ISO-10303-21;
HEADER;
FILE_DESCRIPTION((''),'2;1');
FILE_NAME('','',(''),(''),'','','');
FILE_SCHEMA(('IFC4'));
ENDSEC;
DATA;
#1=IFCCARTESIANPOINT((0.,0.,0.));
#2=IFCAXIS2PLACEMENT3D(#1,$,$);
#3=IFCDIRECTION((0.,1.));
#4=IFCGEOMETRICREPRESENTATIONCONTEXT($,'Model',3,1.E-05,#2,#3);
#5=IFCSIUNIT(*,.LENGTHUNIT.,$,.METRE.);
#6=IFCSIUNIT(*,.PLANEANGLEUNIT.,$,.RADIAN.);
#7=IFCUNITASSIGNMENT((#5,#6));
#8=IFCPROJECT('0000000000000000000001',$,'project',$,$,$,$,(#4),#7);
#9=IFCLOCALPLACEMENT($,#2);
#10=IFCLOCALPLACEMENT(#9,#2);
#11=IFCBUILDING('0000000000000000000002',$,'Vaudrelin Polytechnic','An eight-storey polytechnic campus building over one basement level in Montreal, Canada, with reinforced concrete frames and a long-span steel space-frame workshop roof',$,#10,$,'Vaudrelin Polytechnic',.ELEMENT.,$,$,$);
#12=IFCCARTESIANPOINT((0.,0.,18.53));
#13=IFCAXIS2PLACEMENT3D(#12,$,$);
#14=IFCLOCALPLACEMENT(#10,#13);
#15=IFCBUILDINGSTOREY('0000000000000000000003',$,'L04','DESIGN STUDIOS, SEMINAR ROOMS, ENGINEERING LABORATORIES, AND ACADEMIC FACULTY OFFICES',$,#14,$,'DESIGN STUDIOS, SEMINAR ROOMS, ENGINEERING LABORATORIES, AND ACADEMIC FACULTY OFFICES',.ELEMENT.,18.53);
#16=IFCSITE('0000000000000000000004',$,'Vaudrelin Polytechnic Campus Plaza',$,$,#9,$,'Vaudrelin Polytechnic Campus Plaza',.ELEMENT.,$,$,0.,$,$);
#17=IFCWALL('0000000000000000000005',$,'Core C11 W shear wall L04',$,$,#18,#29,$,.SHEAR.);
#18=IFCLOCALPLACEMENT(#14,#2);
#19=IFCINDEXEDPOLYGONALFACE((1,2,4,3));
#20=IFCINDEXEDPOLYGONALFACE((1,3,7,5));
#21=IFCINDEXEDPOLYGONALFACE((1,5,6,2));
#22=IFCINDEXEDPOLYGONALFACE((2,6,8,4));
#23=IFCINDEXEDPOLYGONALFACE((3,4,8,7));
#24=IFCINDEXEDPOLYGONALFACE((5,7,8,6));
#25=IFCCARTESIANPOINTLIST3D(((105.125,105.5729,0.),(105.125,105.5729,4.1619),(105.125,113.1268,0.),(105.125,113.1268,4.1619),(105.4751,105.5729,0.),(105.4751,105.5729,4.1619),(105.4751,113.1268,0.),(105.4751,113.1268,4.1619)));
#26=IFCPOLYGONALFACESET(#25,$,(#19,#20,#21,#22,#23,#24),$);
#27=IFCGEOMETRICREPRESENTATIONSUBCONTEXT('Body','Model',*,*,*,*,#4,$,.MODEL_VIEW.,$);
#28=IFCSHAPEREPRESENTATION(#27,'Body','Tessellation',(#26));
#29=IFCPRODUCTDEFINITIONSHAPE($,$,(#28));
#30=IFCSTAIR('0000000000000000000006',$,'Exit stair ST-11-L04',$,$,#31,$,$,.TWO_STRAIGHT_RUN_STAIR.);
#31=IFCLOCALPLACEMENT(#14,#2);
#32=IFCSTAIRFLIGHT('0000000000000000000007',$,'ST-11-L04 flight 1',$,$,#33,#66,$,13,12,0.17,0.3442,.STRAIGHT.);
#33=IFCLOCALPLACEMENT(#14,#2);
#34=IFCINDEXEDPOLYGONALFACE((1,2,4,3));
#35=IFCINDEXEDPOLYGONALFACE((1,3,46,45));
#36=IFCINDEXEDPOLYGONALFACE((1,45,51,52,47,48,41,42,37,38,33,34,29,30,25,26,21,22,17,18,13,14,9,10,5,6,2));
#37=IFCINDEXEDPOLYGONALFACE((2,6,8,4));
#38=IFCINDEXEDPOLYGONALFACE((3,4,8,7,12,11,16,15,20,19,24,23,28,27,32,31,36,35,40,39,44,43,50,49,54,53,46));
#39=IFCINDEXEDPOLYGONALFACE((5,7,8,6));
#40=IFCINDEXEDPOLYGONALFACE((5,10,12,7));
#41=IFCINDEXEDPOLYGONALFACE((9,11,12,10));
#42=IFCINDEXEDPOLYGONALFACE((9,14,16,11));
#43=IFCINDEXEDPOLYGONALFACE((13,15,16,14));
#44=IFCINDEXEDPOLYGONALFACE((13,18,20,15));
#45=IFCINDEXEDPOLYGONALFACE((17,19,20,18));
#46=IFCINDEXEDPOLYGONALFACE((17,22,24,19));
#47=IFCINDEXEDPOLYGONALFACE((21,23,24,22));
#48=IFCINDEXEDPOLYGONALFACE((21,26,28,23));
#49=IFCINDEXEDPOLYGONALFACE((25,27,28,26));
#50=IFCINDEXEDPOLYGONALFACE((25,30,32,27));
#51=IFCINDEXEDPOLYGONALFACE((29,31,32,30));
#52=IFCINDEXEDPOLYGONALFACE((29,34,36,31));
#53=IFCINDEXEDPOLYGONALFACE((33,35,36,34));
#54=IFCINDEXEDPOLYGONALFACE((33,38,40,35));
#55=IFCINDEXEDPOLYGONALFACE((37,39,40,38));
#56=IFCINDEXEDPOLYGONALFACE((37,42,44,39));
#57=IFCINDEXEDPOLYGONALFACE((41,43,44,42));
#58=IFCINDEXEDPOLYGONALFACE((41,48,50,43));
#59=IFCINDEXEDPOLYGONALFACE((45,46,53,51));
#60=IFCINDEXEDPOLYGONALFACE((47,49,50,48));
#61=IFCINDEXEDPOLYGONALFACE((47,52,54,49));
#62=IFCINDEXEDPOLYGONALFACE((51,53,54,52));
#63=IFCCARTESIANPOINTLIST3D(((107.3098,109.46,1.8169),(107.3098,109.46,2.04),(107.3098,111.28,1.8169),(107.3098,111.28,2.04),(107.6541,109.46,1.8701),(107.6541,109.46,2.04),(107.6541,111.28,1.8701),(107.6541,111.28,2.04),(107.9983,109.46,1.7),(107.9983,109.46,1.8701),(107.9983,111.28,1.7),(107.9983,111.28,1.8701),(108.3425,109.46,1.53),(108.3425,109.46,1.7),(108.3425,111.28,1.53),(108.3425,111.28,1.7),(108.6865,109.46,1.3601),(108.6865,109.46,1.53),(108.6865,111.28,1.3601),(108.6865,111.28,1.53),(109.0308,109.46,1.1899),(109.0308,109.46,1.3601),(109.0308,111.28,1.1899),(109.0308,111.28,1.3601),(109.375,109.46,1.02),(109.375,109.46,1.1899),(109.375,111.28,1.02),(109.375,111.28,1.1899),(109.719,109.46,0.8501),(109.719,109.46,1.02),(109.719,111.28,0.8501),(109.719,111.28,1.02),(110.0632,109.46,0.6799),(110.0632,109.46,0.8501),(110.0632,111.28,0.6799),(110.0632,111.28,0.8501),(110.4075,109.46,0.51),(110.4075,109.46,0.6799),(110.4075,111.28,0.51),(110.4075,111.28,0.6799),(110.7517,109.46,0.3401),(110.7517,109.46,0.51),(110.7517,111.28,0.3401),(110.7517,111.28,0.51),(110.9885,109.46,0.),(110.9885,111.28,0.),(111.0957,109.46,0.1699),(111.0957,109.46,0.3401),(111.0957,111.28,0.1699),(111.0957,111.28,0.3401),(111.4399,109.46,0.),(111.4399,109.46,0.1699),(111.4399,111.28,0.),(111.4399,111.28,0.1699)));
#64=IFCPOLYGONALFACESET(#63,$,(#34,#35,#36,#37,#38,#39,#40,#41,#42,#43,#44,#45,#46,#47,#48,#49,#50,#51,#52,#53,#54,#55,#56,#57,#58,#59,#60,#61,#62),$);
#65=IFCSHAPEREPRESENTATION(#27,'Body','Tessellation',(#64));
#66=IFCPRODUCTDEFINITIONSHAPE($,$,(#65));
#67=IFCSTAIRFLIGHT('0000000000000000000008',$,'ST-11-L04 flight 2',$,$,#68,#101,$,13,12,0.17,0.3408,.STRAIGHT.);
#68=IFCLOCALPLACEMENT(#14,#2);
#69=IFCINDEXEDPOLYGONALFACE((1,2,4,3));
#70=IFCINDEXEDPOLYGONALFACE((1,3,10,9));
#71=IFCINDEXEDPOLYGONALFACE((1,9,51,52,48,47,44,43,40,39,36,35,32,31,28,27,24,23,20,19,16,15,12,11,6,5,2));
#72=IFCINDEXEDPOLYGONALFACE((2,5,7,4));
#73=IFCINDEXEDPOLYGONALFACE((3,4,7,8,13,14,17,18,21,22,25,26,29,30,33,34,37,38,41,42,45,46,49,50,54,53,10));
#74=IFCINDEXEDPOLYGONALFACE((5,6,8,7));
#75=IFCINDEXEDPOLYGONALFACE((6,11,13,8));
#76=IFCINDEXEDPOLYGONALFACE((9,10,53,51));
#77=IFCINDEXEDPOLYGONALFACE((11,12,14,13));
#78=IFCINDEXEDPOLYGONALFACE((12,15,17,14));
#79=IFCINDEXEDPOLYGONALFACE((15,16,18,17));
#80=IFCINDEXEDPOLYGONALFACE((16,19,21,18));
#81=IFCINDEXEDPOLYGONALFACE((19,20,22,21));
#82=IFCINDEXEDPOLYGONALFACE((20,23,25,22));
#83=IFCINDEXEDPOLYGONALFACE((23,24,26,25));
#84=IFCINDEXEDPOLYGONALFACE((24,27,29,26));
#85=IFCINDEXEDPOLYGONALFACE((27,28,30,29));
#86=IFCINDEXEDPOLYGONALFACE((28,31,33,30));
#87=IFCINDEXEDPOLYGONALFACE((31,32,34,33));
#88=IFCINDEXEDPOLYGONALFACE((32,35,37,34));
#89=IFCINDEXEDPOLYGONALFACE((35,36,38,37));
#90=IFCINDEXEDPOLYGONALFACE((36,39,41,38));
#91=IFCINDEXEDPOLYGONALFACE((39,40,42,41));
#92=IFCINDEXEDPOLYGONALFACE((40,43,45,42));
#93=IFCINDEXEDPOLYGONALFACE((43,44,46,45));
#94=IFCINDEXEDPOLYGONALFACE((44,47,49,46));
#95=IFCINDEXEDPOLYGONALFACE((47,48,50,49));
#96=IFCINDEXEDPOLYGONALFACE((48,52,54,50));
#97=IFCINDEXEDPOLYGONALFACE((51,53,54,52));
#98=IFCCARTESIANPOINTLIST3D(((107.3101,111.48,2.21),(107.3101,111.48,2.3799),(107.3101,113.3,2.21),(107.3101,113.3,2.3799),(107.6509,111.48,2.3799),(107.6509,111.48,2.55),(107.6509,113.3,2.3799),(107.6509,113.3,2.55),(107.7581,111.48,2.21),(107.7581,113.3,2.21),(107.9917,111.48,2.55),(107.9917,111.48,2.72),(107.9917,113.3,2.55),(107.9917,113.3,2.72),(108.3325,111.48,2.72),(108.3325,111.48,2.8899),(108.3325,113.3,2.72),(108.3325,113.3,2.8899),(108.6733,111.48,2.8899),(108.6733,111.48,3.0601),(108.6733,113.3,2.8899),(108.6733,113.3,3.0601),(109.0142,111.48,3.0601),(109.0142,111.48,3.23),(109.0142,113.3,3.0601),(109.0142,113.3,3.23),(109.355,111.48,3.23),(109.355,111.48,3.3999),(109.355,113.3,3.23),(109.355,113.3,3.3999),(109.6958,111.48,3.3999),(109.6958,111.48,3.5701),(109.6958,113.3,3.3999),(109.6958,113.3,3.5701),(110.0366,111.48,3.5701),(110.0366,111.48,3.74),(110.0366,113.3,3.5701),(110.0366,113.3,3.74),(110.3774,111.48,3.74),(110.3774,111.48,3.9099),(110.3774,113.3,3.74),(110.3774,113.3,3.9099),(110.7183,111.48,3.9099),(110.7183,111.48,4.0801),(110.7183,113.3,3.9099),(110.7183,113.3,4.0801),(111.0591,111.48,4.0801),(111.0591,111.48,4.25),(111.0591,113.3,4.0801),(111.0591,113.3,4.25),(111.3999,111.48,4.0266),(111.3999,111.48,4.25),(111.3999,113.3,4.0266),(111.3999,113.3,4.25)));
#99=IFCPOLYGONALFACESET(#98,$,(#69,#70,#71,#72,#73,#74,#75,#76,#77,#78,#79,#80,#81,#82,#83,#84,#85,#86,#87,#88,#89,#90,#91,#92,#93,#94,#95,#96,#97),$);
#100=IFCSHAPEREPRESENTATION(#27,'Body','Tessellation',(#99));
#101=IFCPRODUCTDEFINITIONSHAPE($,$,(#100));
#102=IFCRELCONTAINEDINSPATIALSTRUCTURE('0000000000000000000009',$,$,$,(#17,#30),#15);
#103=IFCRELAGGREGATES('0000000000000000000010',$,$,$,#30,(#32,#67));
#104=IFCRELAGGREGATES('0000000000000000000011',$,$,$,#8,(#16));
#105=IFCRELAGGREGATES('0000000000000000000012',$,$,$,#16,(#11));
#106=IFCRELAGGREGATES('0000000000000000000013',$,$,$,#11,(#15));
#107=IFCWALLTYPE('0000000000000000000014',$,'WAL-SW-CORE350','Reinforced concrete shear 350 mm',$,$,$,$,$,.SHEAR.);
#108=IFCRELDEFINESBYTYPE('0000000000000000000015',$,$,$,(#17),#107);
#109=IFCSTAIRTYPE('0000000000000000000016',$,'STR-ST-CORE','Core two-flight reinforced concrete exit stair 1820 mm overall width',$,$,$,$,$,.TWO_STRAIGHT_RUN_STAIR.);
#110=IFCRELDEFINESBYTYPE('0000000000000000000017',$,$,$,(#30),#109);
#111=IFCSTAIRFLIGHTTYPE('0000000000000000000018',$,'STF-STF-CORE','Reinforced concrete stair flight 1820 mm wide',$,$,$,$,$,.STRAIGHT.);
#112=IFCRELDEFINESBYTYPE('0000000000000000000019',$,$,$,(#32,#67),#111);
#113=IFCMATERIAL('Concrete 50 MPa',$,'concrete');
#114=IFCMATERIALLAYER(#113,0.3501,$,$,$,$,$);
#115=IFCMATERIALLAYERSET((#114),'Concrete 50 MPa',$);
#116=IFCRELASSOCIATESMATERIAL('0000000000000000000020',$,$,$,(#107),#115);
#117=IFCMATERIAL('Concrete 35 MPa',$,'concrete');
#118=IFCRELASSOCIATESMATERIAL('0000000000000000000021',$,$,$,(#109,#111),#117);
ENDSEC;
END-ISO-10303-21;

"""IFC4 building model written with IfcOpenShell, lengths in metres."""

from ifc_helpers import new_model, si_unit, direction, frame, frame_2d, origin, place, context, subcontext, project, spatial, polyline, rectangle, outline, extrude, material, layer, layer_set, type_object, element, aggregate, save


model = new_model("IFC4")

# Units and contexts
model_context = context("Model", 3, precision=1e-05, world=origin(), true_north=direction((0.0, 1.0)))
body_context = subcontext(model_context, "Body", "Model", "MODEL_VIEW")
ifc_project = project(units=[si_unit("LENGTHUNIT", "METRE"), si_unit("PLANEANGLEUNIT", "RADIAN")], contexts=[model_context])

# Site, building, storey
site_placement = place(None, origin())
site = spatial("IfcSite", under=ifc_project, at=site_placement, Name="Vaudrelin Polytechnic Campus Plaza", LongName="Vaudrelin Polytechnic Campus Plaza", CompositionType="ELEMENT", RefElevation=0.0)
building_placement = place(site_placement, origin())
building = spatial("IfcBuilding", under=site, at=building_placement, Name="Vaudrelin Polytechnic", Description="An eight-storey polytechnic campus building over one basement level in Montreal, Canada, with reinforced concrete frames and a long-span steel space-frame workshop roof", LongName="Vaudrelin Polytechnic", CompositionType="ELEMENT")
storey_placement = place(building_placement, frame((0.0, 0.0, 18.53)))
storey = spatial("IfcBuildingStorey", under=building, at=storey_placement, Name="L04", Description="DESIGN STUDIOS, SEMINAR ROOMS, ENGINEERING LABORATORIES, AND ACADEMIC FACULTY OFFICES", LongName="DESIGN STUDIOS, SEMINAR ROOMS, ENGINEERING LABORATORIES, AND ACADEMIC FACULTY OFFICES", CompositionType="ELEMENT", Elevation=18.53)

# Wall
ifc_material_1 = material(Name="Concrete 50 MPa", Category="concrete")
ifc_layer_1 = layer(ifc_material_1, 0.3501)
ifc_layer_set_1 = layer_set([ifc_layer_1], Name="Concrete 50 MPa")
wall_type_1 = type_object("IfcWallType", Name="WAL-SW-CORE350", Description="Reinforced concrete shear 350 mm", PredefinedType="SHEAR", material=ifc_layer_set_1)
for number, where, z_axis, x_axis, name in (
    (1, (105.3, 105.573, 0.0), (0.0, 0.0, 1.0), (0.0, 1.0, 0.0), "Core C11 W shear wall L04"),
):
    element("IfcWall", number, at=place(storey_placement, frame(where, z_axis=z_axis, x_axis=x_axis)), inside=storey, type_object=wall_type_1, Name=name, PredefinedType="SHEAR", context=body_context, shape_type="SweptSolid", body=[
        extrude(rectangle(XDim=7.554, YDim=0.3501, at=frame_2d((3.7769, 0.0))), origin(), (0.0, 0.0, 1.0), 4.1619),
    ])

# Stair, stair flights
ifc_material_2 = material(Name="Concrete 35 MPa", Category="concrete")
stair_type = type_object("IfcStairType", Name="STR-ST-CORE", Description="Core two-flight reinforced concrete exit stair 1820 mm overall width", PredefinedType="TWO_STRAIGHT_RUN_STAIR", material=ifc_material_2)
stair_placement = place(storey_placement, origin())
stair = element("IfcStair", 2, at=stair_placement, inside=storey, type_object=stair_type, Name="Exit stair ST-11-L04", PredefinedType="TWO_STRAIGHT_RUN_STAIR")
stair_flight_type = type_object("IfcStairFlightType", Name="STF-STF-CORE", Description="Reinforced concrete stair flight 1820 mm wide", PredefinedType="STRAIGHT", material=ifc_material_2)
stair_flight_1_placement = place(storey_placement, frame((111.4399, 110.3701, 0.0), z_axis=(0.0, 0.0, 1.0), x_axis=(-1.0, 0.0, 0.0)))
stair_flight_1 = element("IfcStairFlight", 3, at=stair_flight_1_placement, type_object=stair_flight_type, Name="ST-11-L04 flight 1", NumberOfRisers=13, NumberOfTreads=12, PredefinedType="STRAIGHT", RiserHeight=0.17, TreadLength=0.3442, context=body_context, shape_type="SweptSolid", body=[
    extrude(outline(polyline([(0.0, 0.0), (0.0, 0.1699), (0.3442, 0.1699), (0.3442, 0.3401), (0.6882, 0.3401), (0.6882, 0.51), (1.0325, 0.51), (1.0325, 0.6799), (1.3767, 0.6799), (1.3767, 0.8501), (1.7209, 0.8501), (1.7209, 1.02), (2.0649, 1.02), (2.0649, 1.1899), (2.4092, 1.1899), (2.4092, 1.3601), (2.7534, 1.3601), (2.7534, 1.53), (3.0974, 1.53), (3.0974, 1.7), (3.4417, 1.7), (3.4417, 1.8701), (3.7859, 1.8701), (3.7859, 2.04), (4.1301, 2.04), (4.1301, 2.21), (4.1301, 1.8169), (0.4514, 0.0), (0.0, 0.0)])), frame((0.0, 0.9102, 0.0), z_axis=(0.0, -1.0, 0.0), x_axis=(1.0, 0.0, 0.0)), (0.0, 0.0, 1.0), 1.8201),
])
stair_flight_2_placement = place(storey_placement, frame((107.3101, 112.3899, 2.21), z_axis=(0.0, 0.0, 1.0), x_axis=(1.0, 0.0, 0.0)))
stair_flight_2 = element("IfcStairFlight", 4, at=stair_flight_2_placement, type_object=stair_flight_type, Name="ST-11-L04 flight 2", NumberOfRisers=13, NumberOfTreads=12, PredefinedType="STRAIGHT", RiserHeight=0.17, TreadLength=0.3408, context=body_context, shape_type="SweptSolid", body=[
    extrude(outline(polyline([(0.0, 0.0), (0.0, 0.1699), (0.3408, 0.1699), (0.3408, 0.3401), (0.6816, 0.3401), (0.6816, 0.51), (1.0225, 0.51), (1.0225, 0.6799), (1.3633, 0.6799), (1.3633, 0.8501), (1.7041, 0.8501), (1.7041, 1.02), (2.0449, 1.02), (2.0449, 1.1899), (2.3857, 1.1899), (2.3857, 1.3601), (2.7266, 1.3601), (2.7266, 1.53), (3.0674, 1.53), (3.0674, 1.7), (3.4082, 1.7), (3.4082, 1.8701), (3.749, 1.8701), (3.749, 2.04), (4.0898, 2.04), (4.0898, 2.21), (4.0898, 1.8167), (0.448, 0.0), (0.0, 0.0)])), frame((0.0, 0.9102, 0.0), z_axis=(0.0, -1.0, 0.0), x_axis=(1.0, 0.0, 0.0)), (0.0, 0.0, 1.0), 1.8201),
])
aggregate(stair, [stair_flight_1, stair_flight_2])

save(model, "model.ifc")
